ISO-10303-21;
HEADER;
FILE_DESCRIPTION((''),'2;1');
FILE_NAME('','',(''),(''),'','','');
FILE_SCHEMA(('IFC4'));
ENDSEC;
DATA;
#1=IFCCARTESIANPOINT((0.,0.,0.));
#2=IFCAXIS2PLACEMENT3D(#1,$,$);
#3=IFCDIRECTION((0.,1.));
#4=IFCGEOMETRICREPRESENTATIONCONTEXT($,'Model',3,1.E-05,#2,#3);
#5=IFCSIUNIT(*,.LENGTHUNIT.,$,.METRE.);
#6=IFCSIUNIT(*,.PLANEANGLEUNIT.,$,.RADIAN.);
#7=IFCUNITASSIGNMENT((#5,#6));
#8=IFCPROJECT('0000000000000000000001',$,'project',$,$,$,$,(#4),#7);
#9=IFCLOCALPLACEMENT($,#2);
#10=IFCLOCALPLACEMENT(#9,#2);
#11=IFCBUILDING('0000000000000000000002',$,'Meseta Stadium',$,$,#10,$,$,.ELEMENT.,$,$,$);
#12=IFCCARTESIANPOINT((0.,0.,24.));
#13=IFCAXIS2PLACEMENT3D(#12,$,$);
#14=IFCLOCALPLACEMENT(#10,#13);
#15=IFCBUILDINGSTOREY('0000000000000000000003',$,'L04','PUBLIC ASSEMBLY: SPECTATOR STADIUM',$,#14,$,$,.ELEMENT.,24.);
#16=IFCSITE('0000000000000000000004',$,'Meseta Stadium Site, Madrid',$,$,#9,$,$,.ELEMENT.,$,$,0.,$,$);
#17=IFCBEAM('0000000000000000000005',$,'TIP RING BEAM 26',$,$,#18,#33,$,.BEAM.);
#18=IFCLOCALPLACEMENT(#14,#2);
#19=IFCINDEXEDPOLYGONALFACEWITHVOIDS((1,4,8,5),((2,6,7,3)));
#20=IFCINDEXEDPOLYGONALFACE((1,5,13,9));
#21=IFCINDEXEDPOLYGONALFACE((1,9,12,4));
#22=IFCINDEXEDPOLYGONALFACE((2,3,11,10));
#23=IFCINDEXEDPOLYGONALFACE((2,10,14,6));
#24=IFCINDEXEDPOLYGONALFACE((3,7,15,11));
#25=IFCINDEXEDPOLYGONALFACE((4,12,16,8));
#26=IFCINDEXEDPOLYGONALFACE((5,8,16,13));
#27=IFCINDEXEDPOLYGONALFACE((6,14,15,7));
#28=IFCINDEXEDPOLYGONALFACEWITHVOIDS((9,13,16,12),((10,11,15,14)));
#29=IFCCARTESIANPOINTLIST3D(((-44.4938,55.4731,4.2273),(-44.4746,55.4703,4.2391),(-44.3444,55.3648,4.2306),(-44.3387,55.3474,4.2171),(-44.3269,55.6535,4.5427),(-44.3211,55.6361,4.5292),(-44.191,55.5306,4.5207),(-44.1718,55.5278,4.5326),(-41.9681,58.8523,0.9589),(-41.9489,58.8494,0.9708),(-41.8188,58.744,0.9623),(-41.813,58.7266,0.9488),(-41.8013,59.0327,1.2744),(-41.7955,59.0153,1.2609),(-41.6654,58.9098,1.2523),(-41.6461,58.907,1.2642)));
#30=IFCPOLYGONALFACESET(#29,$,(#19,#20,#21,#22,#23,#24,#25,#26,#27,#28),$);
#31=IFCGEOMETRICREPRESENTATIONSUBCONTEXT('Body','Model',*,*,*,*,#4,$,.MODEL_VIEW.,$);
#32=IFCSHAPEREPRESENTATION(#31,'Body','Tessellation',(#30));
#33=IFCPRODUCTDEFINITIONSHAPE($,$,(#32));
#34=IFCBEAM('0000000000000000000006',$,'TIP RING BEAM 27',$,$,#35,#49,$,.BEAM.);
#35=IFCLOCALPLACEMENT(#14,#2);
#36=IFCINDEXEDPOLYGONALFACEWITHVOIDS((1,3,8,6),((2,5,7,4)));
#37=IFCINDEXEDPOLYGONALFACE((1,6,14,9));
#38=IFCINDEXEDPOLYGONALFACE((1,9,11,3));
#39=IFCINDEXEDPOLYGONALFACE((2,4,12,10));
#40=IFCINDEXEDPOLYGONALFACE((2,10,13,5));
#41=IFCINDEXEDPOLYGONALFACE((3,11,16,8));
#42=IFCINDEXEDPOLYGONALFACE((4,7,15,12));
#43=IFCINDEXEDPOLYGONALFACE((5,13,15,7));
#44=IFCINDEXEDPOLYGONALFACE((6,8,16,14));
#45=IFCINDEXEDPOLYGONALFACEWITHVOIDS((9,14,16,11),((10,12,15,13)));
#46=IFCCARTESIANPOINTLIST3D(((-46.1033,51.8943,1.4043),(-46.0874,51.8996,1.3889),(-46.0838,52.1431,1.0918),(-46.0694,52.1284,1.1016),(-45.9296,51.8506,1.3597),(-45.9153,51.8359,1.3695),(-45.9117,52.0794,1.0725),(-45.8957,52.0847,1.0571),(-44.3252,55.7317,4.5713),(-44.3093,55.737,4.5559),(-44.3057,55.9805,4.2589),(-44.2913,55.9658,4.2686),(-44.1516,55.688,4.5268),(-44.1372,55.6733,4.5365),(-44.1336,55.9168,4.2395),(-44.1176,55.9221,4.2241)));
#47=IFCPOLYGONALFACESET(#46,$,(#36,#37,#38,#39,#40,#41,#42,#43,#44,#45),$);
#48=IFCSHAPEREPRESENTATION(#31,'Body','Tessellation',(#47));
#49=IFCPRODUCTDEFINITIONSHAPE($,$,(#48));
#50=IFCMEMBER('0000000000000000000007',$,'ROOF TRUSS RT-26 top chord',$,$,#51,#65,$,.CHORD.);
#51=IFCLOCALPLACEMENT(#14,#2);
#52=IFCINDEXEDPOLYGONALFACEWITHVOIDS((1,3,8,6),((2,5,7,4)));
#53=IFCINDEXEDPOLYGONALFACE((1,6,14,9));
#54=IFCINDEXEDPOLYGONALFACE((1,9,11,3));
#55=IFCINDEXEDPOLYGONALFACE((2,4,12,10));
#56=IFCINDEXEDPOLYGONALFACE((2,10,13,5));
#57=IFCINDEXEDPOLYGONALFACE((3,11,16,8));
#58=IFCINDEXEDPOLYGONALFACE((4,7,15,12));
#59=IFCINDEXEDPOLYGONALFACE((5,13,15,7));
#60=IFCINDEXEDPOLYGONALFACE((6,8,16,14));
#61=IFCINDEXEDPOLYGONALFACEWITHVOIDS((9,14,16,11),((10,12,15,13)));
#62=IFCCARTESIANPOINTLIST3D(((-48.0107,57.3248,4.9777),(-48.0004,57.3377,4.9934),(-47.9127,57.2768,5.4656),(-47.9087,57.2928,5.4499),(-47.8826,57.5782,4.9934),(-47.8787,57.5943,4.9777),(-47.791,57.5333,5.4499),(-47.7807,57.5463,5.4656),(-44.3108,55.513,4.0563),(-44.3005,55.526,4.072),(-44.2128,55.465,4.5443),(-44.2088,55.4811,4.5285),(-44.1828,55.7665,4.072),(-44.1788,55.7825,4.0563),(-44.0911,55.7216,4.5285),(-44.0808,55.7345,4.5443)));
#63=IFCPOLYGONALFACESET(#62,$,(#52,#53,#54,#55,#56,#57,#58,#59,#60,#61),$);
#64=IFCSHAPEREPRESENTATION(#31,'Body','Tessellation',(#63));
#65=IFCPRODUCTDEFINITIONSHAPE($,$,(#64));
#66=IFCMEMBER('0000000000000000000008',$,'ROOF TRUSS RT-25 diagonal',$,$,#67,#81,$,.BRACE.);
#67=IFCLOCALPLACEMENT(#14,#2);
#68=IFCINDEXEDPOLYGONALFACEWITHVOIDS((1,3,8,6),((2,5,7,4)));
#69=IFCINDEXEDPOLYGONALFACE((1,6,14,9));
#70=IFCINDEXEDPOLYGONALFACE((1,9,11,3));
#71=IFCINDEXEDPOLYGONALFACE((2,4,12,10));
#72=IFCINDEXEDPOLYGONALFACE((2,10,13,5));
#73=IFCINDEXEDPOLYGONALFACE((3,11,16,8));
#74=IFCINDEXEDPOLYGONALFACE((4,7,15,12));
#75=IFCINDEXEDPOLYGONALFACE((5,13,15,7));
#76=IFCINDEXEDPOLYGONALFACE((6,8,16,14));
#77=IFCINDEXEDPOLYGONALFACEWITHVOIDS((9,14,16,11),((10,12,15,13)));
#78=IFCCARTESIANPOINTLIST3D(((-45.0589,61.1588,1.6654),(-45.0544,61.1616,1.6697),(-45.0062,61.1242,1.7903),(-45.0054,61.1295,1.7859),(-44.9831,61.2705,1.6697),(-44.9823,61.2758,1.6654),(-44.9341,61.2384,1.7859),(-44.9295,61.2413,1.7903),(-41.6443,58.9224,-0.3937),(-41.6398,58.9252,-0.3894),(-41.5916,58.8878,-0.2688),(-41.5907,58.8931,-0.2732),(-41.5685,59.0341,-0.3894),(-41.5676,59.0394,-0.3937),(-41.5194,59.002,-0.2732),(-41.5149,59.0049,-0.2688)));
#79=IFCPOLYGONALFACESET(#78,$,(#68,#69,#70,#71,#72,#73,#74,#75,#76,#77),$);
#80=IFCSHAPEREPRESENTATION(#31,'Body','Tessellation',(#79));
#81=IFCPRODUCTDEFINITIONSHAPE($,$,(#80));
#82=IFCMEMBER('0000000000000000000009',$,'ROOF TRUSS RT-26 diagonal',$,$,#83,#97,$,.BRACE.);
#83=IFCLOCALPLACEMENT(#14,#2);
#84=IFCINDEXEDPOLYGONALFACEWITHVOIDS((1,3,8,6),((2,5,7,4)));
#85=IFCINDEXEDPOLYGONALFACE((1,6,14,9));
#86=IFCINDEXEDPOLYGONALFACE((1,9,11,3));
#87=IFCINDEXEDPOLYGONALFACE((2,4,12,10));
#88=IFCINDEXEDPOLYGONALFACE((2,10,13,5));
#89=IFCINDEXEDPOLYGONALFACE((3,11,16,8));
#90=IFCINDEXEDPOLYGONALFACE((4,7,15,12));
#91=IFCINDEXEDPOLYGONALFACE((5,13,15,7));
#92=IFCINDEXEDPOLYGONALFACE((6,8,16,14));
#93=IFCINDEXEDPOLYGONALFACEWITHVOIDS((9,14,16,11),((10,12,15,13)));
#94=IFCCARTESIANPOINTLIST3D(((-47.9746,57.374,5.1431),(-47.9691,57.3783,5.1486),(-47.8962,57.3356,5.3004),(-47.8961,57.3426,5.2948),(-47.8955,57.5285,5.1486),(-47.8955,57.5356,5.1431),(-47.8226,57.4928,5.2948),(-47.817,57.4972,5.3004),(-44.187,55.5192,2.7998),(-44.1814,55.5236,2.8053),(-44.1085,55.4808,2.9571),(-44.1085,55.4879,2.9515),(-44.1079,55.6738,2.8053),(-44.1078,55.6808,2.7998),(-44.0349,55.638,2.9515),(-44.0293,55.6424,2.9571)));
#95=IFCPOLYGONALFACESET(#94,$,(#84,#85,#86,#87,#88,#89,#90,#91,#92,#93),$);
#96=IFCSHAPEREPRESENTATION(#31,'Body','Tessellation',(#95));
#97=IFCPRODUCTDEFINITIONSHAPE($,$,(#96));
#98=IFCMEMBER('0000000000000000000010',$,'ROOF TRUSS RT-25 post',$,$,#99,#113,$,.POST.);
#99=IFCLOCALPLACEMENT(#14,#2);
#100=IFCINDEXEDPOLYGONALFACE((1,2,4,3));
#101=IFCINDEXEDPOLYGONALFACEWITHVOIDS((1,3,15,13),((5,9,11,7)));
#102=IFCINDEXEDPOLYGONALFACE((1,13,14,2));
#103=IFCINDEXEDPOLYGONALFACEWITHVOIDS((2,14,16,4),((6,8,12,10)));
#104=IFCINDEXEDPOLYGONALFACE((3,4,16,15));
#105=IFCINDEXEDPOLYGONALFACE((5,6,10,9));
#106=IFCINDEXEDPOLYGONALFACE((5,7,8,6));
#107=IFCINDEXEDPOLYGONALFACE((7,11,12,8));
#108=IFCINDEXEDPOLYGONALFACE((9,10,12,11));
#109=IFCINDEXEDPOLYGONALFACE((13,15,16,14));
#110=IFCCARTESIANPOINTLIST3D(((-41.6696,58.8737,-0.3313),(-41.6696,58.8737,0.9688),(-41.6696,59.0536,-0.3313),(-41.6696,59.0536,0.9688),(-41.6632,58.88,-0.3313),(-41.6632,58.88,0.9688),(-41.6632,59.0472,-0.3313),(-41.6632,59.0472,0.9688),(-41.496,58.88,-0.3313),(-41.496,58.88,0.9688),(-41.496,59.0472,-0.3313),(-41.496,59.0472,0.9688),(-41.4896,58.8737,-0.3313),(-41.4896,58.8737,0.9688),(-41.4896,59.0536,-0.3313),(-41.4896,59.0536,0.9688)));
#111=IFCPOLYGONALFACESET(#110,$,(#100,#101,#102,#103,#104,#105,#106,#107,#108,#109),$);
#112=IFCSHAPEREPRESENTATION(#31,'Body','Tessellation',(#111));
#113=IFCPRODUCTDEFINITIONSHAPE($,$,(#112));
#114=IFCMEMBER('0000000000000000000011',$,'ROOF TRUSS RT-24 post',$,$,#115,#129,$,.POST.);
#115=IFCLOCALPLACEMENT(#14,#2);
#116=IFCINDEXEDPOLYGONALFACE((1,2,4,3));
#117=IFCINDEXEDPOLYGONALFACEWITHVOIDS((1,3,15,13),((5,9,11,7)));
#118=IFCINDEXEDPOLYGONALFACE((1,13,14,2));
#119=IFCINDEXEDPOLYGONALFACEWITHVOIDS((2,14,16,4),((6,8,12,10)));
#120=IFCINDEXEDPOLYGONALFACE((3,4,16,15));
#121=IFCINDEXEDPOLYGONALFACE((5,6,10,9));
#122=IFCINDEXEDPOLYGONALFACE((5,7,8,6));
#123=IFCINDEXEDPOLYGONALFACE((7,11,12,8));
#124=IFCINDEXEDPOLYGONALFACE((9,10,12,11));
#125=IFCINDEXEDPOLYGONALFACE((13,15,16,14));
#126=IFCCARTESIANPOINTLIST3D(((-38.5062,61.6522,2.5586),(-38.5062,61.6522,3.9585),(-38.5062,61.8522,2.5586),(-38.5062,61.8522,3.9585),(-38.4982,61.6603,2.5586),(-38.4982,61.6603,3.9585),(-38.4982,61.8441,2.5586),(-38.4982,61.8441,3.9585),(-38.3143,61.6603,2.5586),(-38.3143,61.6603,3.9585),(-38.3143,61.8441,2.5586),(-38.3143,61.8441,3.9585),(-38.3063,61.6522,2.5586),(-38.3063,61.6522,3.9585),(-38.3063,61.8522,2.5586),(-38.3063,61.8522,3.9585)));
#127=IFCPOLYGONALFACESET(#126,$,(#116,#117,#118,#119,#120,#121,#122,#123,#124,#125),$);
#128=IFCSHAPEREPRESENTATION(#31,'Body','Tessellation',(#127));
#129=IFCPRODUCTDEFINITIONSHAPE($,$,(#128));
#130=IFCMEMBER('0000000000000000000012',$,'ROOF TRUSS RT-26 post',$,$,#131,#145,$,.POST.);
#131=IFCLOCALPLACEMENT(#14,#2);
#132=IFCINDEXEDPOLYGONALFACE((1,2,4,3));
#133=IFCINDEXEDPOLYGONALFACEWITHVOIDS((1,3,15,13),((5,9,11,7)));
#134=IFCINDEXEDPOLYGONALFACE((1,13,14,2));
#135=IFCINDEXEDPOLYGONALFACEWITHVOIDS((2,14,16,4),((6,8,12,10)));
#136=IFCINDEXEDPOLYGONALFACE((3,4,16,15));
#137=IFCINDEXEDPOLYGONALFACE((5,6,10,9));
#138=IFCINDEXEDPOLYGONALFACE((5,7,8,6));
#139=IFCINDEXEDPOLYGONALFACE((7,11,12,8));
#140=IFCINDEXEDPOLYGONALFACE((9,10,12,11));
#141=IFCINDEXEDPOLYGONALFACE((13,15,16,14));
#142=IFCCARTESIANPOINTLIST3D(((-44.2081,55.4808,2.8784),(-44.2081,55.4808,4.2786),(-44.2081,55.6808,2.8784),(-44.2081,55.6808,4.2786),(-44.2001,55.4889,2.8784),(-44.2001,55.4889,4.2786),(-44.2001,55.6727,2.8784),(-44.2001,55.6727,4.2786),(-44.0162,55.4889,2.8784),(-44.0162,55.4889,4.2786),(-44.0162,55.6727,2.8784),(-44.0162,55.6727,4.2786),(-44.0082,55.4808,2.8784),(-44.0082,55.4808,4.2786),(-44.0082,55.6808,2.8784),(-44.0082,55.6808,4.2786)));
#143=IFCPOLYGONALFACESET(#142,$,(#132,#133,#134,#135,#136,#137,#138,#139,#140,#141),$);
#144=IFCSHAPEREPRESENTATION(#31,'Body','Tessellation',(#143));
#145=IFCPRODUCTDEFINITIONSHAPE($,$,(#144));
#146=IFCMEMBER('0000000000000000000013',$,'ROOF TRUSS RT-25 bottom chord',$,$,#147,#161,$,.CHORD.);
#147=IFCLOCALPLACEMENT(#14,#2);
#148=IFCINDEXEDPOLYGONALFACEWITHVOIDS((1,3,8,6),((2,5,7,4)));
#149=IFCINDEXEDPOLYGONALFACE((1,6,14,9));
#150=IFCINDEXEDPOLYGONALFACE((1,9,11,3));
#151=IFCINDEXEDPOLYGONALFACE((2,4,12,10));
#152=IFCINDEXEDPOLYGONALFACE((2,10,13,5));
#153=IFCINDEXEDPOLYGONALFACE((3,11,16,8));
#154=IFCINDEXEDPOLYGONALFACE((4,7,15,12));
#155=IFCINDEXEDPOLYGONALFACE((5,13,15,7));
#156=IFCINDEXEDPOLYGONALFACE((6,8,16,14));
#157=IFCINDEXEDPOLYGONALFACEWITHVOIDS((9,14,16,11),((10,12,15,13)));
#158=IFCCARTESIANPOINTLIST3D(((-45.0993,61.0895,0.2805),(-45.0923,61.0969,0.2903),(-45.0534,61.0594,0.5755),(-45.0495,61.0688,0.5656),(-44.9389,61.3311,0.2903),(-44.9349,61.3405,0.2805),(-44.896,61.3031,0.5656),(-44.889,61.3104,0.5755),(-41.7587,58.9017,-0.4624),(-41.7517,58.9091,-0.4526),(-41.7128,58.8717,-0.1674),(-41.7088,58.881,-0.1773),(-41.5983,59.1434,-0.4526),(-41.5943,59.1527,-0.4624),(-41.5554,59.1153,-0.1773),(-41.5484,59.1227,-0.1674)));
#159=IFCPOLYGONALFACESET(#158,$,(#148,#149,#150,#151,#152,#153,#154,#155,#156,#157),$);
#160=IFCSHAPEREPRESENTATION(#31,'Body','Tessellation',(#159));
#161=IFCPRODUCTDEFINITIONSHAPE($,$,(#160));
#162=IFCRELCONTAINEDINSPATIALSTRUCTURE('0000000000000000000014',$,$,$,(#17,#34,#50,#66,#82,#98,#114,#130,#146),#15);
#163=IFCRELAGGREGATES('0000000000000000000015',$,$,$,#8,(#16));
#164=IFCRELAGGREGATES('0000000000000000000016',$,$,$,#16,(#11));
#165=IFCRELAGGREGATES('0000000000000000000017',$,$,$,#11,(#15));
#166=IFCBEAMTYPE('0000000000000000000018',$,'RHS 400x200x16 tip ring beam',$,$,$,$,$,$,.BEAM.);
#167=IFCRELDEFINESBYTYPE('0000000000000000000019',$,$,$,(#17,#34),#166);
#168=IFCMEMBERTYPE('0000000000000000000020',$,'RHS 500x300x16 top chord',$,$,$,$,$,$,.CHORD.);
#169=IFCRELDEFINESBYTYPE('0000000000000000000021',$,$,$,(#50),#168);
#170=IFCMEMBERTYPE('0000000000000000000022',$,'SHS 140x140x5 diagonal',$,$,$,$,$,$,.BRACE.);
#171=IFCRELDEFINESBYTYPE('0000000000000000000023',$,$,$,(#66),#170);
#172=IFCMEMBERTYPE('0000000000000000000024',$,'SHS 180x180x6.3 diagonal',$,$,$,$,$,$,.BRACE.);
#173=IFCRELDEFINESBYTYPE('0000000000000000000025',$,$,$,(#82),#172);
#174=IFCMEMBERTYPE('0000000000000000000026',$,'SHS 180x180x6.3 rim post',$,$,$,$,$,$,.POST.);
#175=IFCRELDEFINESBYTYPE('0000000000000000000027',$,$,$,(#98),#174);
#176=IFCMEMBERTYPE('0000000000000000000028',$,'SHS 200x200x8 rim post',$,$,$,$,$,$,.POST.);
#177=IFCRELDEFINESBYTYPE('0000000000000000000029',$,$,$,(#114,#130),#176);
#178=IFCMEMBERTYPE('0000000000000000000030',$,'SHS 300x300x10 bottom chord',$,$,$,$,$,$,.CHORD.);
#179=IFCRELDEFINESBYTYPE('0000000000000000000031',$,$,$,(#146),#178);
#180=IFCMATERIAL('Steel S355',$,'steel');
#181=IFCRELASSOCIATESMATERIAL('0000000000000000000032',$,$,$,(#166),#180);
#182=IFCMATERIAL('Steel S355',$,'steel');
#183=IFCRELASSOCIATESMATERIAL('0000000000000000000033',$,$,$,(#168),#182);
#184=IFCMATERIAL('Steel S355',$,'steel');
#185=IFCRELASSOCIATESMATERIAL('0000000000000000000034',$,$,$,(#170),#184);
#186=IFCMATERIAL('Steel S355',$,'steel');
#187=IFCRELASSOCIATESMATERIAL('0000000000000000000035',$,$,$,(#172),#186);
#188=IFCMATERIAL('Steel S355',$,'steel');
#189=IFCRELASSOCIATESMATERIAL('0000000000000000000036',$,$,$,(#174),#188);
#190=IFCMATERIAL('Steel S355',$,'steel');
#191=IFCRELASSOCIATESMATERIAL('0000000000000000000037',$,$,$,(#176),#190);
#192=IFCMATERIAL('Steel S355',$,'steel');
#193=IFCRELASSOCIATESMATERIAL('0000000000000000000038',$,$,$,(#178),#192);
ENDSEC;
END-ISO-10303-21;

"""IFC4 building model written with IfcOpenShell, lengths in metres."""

from ifc_helpers import new_model, si_unit, direction, frame, origin, origin_2d, place, context, subcontext, project, spatial, hollow_rectangle, extrude, material, material_profile, profile_set, type_object, element, save


model = new_model("IFC4")

# Units and contexts
model_context = context("Model", 3, precision=1e-05, world=origin(), true_north=direction((0.0, 1.0)))
body_context = subcontext(model_context, "Body", "Model", "MODEL_VIEW")
ifc_project = project(units=[si_unit("LENGTHUNIT", "METRE"), si_unit("PLANEANGLEUNIT", "RADIAN")], contexts=[model_context])

# Site, building, storey
site_placement = place(None, origin())
site = spatial("IfcSite", under=ifc_project, at=site_placement, Name="Meseta Stadium Site, Madrid", CompositionType="ELEMENT", RefElevation=0.0)
building_placement = place(site_placement, origin())
building = spatial("IfcBuilding", under=site, at=building_placement, Name="Meseta Stadium", CompositionType="ELEMENT")
storey_placement = place(building_placement, frame((0.0, 0.0, 24.0)))
storey = spatial("IfcBuildingStorey", under=building, at=storey_placement, Name="L04", Description="PUBLIC ASSEMBLY: SPECTATOR STADIUM", CompositionType="ELEMENT", Elevation=24.0)

# Beams
ifc_material_1 = material(Name="Steel S355", Category="steel")
ifc_material_profile_1 = material_profile(ifc_material_1, hollow_rectangle(XDim=0.2, YDim=0.3999, WallThickness=0.0161, at=origin_2d()), Name="RHS 400x200x16")
ifc_profile_set_1 = profile_set([ifc_material_profile_1], Name="Steel S355")
beam_type = type_object("IfcBeamType", Name="RHS 400x200x16 tip ring beam", PredefinedType="BEAM", material=ifc_profile_set_1)
beam_1_placement = place(storey_placement, frame((-41.8071, 58.8796, 1.1116), z_axis=(-0.473266, -0.633202, 0.612433), x_axis=(0.775816, -0.628918, -0.050723)))
element("IfcBeam", 1, at=beam_1_placement, inside=storey, type_object=beam_type, Name="TIP RING BEAM 26", PredefinedType="BEAM", context=body_context, shape_type="SweptSolid", body=[
    extrude(hollow_rectangle(XDim=0.2, YDim=0.3999, WallThickness=0.0161, at=origin_2d()), origin(), (0.0, 0.0, 1.0), 5.3367),
])
beam_2_placement = place(storey_placement, frame((-44.2214, 55.8269, 4.3977), z_axis=(-0.336524, -0.726277, -0.599394), x_axis=(0.940406, -0.292227, -0.173894)))
element("IfcBeam", 2, at=beam_2_placement, inside=storey, type_object=beam_type, Name="TIP RING BEAM 27", PredefinedType="BEAM", context=body_context, shape_type="SweptSolid", body=[
    extrude(hollow_rectangle(XDim=0.2, YDim=0.3999, WallThickness=0.0161, at=origin_2d()), origin(), (0.0, 0.0, 1.0), 5.2837),
])

# Members
ifc_material_2 = material(Name="Steel S355", Category="steel")
ifc_material_profile_2 = material_profile(ifc_material_2, hollow_rectangle(XDim=0.3, YDim=0.5, WallThickness=0.0161, at=origin_2d()), Name="RHS 500x300x16")
ifc_profile_set_2 = profile_set([ifc_material_profile_2], Name="Steel S355")
member_type_1 = type_object("IfcMemberType", Name="RHS 500x300x16 top chord", PredefinedType="CHORD", material=ifc_profile_set_2)
member_1_placement = place(storey_placement, frame((-44.1958, 55.6238, 4.3003), z_axis=(-0.876453, 0.429176, 0.21826), x_axis=(-0.439779, -0.898106, 0.0)))
element("IfcMember", 3, at=member_1_placement, inside=storey, type_object=member_type_1, Name="ROOF TRUSS RT-26 top chord", PredefinedType="CHORD", context=body_context, shape_type="SweptSolid", body=[
    extrude(hollow_rectangle(XDim=0.3, YDim=0.5, WallThickness=0.0161, at=origin_2d()), origin(), (0.0, 0.0, 1.0), 4.2214),
])
ifc_material_3 = material(Name="Steel S355", Category="steel")
ifc_material_profile_3 = material_profile(ifc_material_3, hollow_rectangle(XDim=0.1399, YDim=0.1399, WallThickness=0.0049, at=origin_2d()), Name="SHS 140x140x5")
ifc_profile_set_3 = profile_set([ifc_material_profile_3], Name="Steel S355")
member_type_2 = type_object("IfcMemberType", Name="SHS 140x140x5 diagonal", PredefinedType="BRACE", material=ifc_profile_set_3)
member_2_placement = place(storey_placement, frame((-41.5796, 58.9636, -0.3313), z_axis=(-0.746894, 0.489171, 0.450401), x_axis=(-0.547891, -0.83655, 0.0)))
element("IfcMember", 4, at=member_2_placement, inside=storey, type_object=member_type_2, Name="ROOF TRUSS RT-25 diagonal", PredefinedType="BRACE", context=body_context, shape_type="SweptSolid", body=[
    extrude(hollow_rectangle(XDim=0.1399, YDim=0.1399, WallThickness=0.0049, at=origin_2d()), origin(), (0.0, 0.0, 1.0), 4.5718),
])
ifc_material_4 = material(Name="Steel S355", Category="steel")
ifc_material_profile_4 = material_profile(ifc_material_4, hollow_rectangle(XDim=0.1799, YDim=0.1799, WallThickness=0.0063, at=origin_2d()), Name="SHS 180x180x6.3")
ifc_profile_set_4 = profile_set([ifc_material_profile_4], Name="Steel S355")
member_type_3 = type_object("IfcMemberType", Name="SHS 180x180x6.3 diagonal", PredefinedType="BRACE", material=ifc_profile_set_4)
member_3_placement = place(storey_placement, frame((-44.1082, 55.5808, 2.8784), z_axis=(-0.785059, 0.384433, 0.48569), x_axis=(-0.439788, -0.898101, 0.0)))
element("IfcMember", 5, at=member_3_placement, inside=storey, type_object=member_type_3, Name="ROOF TRUSS RT-26 diagonal", PredefinedType="BRACE", context=body_context, shape_type="SweptSolid", body=[
    extrude(hollow_rectangle(XDim=0.1799, YDim=0.1799, WallThickness=0.0063, at=origin_2d()), origin(), (0.0, 0.0, 1.0), 4.8247),
])
ifc_material_5 = material(Name="Steel S355", Category="steel")
ifc_material_profile_5 = material_profile(ifc_material_5, hollow_rectangle(XDim=0.1799, YDim=0.1799, WallThickness=0.0063, at=origin_2d()), Name="SHS 180x180x6.3")
ifc_profile_set_5 = profile_set([ifc_material_profile_5], Name="Steel S355")
member_type_4 = type_object("IfcMemberType", Name="SHS 180x180x6.3 rim post", PredefinedType="POST", material=ifc_profile_set_5)
member_4_placement = place(storey_placement, frame((-41.5796, 58.9636, -0.3313), z_axis=(0.0, 0.0, 1.0), x_axis=(1.0, 0.0, 0.0)))
element("IfcMember", 6, at=member_4_placement, inside=storey, type_object=member_type_4, Name="ROOF TRUSS RT-25 post", PredefinedType="POST", context=body_context, shape_type="SweptSolid", body=[
    extrude(hollow_rectangle(XDim=0.1799, YDim=0.1799, WallThickness=0.0063, at=origin_2d()), origin(), (0.0, 0.0, 1.0), 1.3),
])
ifc_material_6 = material(Name="Steel S355", Category="steel")
ifc_material_profile_6 = material_profile(ifc_material_6, hollow_rectangle(XDim=0.2, YDim=0.2, WallThickness=0.0081, at=origin_2d()), Name="SHS 200x200x8")
ifc_profile_set_6 = profile_set([ifc_material_profile_6], Name="Steel S355")
member_type_5 = type_object("IfcMemberType", Name="SHS 200x200x8 rim post", PredefinedType="POST", material=ifc_profile_set_6)
member_5_placement = place(storey_placement, frame((-38.4062, 61.7522, 2.5586), z_axis=(0.0, 0.0, 1.0), x_axis=(1.0, 0.0, 0.0)))
element("IfcMember", 7, at=member_5_placement, inside=storey, type_object=member_type_5, Name="ROOF TRUSS RT-24 post", PredefinedType="POST", context=body_context, shape_type="SweptSolid", body=[
    extrude(hollow_rectangle(XDim=0.2, YDim=0.2, WallThickness=0.0081, at=origin_2d()), origin(), (0.0, 0.0, 1.0), 1.3999),
])
member_6_placement = place(storey_placement, frame((-44.1082, 55.5808, 2.8784), z_axis=(0.0, 0.0, 1.0), x_axis=(1.0, 0.0, 0.0)))
element("IfcMember", 8, at=member_6_placement, inside=storey, type_object=member_type_5, Name="ROOF TRUSS RT-26 post", PredefinedType="POST", context=body_context, shape_type="SweptSolid", body=[
    extrude(hollow_rectangle(XDim=0.2, YDim=0.2, WallThickness=0.0081, at=origin_2d()), origin(), (0.0, 0.0, 1.0), 1.4001),
])
ifc_material_7 = material(Name="Steel S355", Category="steel")
ifc_material_profile_7 = material_profile(ifc_material_7, hollow_rectangle(XDim=0.3, YDim=0.3, WallThickness=0.01, at=origin_2d()), Name="SHS 300x300x10")
ifc_profile_set_7 = profile_set([ifc_material_profile_7], Name="Steel S355")
member_type_6 = type_object("IfcMemberType", Name="SHS 300x300x10 bottom chord", PredefinedType="CHORD", material=ifc_profile_set_7)
member_7_placement = place(storey_placement, frame((-41.6536, 59.0122, -0.3149), z_axis=(-0.822453, 0.538624, 0.182908), x_axis=(-0.547867, -0.836565, 0.0)))
element("IfcMember", 9, at=member_7_placement, inside=storey, type_object=member_type_6, Name="ROOF TRUSS RT-25 bottom chord", PredefinedType="CHORD", context=body_context, shape_type="SweptSolid", body=[
    extrude(hollow_rectangle(XDim=0.3, YDim=0.3, WallThickness=0.01, at=origin_2d()), origin(), (0.0, 0.0, 1.0), 4.0618),
])

save(model, "model.ifc")
